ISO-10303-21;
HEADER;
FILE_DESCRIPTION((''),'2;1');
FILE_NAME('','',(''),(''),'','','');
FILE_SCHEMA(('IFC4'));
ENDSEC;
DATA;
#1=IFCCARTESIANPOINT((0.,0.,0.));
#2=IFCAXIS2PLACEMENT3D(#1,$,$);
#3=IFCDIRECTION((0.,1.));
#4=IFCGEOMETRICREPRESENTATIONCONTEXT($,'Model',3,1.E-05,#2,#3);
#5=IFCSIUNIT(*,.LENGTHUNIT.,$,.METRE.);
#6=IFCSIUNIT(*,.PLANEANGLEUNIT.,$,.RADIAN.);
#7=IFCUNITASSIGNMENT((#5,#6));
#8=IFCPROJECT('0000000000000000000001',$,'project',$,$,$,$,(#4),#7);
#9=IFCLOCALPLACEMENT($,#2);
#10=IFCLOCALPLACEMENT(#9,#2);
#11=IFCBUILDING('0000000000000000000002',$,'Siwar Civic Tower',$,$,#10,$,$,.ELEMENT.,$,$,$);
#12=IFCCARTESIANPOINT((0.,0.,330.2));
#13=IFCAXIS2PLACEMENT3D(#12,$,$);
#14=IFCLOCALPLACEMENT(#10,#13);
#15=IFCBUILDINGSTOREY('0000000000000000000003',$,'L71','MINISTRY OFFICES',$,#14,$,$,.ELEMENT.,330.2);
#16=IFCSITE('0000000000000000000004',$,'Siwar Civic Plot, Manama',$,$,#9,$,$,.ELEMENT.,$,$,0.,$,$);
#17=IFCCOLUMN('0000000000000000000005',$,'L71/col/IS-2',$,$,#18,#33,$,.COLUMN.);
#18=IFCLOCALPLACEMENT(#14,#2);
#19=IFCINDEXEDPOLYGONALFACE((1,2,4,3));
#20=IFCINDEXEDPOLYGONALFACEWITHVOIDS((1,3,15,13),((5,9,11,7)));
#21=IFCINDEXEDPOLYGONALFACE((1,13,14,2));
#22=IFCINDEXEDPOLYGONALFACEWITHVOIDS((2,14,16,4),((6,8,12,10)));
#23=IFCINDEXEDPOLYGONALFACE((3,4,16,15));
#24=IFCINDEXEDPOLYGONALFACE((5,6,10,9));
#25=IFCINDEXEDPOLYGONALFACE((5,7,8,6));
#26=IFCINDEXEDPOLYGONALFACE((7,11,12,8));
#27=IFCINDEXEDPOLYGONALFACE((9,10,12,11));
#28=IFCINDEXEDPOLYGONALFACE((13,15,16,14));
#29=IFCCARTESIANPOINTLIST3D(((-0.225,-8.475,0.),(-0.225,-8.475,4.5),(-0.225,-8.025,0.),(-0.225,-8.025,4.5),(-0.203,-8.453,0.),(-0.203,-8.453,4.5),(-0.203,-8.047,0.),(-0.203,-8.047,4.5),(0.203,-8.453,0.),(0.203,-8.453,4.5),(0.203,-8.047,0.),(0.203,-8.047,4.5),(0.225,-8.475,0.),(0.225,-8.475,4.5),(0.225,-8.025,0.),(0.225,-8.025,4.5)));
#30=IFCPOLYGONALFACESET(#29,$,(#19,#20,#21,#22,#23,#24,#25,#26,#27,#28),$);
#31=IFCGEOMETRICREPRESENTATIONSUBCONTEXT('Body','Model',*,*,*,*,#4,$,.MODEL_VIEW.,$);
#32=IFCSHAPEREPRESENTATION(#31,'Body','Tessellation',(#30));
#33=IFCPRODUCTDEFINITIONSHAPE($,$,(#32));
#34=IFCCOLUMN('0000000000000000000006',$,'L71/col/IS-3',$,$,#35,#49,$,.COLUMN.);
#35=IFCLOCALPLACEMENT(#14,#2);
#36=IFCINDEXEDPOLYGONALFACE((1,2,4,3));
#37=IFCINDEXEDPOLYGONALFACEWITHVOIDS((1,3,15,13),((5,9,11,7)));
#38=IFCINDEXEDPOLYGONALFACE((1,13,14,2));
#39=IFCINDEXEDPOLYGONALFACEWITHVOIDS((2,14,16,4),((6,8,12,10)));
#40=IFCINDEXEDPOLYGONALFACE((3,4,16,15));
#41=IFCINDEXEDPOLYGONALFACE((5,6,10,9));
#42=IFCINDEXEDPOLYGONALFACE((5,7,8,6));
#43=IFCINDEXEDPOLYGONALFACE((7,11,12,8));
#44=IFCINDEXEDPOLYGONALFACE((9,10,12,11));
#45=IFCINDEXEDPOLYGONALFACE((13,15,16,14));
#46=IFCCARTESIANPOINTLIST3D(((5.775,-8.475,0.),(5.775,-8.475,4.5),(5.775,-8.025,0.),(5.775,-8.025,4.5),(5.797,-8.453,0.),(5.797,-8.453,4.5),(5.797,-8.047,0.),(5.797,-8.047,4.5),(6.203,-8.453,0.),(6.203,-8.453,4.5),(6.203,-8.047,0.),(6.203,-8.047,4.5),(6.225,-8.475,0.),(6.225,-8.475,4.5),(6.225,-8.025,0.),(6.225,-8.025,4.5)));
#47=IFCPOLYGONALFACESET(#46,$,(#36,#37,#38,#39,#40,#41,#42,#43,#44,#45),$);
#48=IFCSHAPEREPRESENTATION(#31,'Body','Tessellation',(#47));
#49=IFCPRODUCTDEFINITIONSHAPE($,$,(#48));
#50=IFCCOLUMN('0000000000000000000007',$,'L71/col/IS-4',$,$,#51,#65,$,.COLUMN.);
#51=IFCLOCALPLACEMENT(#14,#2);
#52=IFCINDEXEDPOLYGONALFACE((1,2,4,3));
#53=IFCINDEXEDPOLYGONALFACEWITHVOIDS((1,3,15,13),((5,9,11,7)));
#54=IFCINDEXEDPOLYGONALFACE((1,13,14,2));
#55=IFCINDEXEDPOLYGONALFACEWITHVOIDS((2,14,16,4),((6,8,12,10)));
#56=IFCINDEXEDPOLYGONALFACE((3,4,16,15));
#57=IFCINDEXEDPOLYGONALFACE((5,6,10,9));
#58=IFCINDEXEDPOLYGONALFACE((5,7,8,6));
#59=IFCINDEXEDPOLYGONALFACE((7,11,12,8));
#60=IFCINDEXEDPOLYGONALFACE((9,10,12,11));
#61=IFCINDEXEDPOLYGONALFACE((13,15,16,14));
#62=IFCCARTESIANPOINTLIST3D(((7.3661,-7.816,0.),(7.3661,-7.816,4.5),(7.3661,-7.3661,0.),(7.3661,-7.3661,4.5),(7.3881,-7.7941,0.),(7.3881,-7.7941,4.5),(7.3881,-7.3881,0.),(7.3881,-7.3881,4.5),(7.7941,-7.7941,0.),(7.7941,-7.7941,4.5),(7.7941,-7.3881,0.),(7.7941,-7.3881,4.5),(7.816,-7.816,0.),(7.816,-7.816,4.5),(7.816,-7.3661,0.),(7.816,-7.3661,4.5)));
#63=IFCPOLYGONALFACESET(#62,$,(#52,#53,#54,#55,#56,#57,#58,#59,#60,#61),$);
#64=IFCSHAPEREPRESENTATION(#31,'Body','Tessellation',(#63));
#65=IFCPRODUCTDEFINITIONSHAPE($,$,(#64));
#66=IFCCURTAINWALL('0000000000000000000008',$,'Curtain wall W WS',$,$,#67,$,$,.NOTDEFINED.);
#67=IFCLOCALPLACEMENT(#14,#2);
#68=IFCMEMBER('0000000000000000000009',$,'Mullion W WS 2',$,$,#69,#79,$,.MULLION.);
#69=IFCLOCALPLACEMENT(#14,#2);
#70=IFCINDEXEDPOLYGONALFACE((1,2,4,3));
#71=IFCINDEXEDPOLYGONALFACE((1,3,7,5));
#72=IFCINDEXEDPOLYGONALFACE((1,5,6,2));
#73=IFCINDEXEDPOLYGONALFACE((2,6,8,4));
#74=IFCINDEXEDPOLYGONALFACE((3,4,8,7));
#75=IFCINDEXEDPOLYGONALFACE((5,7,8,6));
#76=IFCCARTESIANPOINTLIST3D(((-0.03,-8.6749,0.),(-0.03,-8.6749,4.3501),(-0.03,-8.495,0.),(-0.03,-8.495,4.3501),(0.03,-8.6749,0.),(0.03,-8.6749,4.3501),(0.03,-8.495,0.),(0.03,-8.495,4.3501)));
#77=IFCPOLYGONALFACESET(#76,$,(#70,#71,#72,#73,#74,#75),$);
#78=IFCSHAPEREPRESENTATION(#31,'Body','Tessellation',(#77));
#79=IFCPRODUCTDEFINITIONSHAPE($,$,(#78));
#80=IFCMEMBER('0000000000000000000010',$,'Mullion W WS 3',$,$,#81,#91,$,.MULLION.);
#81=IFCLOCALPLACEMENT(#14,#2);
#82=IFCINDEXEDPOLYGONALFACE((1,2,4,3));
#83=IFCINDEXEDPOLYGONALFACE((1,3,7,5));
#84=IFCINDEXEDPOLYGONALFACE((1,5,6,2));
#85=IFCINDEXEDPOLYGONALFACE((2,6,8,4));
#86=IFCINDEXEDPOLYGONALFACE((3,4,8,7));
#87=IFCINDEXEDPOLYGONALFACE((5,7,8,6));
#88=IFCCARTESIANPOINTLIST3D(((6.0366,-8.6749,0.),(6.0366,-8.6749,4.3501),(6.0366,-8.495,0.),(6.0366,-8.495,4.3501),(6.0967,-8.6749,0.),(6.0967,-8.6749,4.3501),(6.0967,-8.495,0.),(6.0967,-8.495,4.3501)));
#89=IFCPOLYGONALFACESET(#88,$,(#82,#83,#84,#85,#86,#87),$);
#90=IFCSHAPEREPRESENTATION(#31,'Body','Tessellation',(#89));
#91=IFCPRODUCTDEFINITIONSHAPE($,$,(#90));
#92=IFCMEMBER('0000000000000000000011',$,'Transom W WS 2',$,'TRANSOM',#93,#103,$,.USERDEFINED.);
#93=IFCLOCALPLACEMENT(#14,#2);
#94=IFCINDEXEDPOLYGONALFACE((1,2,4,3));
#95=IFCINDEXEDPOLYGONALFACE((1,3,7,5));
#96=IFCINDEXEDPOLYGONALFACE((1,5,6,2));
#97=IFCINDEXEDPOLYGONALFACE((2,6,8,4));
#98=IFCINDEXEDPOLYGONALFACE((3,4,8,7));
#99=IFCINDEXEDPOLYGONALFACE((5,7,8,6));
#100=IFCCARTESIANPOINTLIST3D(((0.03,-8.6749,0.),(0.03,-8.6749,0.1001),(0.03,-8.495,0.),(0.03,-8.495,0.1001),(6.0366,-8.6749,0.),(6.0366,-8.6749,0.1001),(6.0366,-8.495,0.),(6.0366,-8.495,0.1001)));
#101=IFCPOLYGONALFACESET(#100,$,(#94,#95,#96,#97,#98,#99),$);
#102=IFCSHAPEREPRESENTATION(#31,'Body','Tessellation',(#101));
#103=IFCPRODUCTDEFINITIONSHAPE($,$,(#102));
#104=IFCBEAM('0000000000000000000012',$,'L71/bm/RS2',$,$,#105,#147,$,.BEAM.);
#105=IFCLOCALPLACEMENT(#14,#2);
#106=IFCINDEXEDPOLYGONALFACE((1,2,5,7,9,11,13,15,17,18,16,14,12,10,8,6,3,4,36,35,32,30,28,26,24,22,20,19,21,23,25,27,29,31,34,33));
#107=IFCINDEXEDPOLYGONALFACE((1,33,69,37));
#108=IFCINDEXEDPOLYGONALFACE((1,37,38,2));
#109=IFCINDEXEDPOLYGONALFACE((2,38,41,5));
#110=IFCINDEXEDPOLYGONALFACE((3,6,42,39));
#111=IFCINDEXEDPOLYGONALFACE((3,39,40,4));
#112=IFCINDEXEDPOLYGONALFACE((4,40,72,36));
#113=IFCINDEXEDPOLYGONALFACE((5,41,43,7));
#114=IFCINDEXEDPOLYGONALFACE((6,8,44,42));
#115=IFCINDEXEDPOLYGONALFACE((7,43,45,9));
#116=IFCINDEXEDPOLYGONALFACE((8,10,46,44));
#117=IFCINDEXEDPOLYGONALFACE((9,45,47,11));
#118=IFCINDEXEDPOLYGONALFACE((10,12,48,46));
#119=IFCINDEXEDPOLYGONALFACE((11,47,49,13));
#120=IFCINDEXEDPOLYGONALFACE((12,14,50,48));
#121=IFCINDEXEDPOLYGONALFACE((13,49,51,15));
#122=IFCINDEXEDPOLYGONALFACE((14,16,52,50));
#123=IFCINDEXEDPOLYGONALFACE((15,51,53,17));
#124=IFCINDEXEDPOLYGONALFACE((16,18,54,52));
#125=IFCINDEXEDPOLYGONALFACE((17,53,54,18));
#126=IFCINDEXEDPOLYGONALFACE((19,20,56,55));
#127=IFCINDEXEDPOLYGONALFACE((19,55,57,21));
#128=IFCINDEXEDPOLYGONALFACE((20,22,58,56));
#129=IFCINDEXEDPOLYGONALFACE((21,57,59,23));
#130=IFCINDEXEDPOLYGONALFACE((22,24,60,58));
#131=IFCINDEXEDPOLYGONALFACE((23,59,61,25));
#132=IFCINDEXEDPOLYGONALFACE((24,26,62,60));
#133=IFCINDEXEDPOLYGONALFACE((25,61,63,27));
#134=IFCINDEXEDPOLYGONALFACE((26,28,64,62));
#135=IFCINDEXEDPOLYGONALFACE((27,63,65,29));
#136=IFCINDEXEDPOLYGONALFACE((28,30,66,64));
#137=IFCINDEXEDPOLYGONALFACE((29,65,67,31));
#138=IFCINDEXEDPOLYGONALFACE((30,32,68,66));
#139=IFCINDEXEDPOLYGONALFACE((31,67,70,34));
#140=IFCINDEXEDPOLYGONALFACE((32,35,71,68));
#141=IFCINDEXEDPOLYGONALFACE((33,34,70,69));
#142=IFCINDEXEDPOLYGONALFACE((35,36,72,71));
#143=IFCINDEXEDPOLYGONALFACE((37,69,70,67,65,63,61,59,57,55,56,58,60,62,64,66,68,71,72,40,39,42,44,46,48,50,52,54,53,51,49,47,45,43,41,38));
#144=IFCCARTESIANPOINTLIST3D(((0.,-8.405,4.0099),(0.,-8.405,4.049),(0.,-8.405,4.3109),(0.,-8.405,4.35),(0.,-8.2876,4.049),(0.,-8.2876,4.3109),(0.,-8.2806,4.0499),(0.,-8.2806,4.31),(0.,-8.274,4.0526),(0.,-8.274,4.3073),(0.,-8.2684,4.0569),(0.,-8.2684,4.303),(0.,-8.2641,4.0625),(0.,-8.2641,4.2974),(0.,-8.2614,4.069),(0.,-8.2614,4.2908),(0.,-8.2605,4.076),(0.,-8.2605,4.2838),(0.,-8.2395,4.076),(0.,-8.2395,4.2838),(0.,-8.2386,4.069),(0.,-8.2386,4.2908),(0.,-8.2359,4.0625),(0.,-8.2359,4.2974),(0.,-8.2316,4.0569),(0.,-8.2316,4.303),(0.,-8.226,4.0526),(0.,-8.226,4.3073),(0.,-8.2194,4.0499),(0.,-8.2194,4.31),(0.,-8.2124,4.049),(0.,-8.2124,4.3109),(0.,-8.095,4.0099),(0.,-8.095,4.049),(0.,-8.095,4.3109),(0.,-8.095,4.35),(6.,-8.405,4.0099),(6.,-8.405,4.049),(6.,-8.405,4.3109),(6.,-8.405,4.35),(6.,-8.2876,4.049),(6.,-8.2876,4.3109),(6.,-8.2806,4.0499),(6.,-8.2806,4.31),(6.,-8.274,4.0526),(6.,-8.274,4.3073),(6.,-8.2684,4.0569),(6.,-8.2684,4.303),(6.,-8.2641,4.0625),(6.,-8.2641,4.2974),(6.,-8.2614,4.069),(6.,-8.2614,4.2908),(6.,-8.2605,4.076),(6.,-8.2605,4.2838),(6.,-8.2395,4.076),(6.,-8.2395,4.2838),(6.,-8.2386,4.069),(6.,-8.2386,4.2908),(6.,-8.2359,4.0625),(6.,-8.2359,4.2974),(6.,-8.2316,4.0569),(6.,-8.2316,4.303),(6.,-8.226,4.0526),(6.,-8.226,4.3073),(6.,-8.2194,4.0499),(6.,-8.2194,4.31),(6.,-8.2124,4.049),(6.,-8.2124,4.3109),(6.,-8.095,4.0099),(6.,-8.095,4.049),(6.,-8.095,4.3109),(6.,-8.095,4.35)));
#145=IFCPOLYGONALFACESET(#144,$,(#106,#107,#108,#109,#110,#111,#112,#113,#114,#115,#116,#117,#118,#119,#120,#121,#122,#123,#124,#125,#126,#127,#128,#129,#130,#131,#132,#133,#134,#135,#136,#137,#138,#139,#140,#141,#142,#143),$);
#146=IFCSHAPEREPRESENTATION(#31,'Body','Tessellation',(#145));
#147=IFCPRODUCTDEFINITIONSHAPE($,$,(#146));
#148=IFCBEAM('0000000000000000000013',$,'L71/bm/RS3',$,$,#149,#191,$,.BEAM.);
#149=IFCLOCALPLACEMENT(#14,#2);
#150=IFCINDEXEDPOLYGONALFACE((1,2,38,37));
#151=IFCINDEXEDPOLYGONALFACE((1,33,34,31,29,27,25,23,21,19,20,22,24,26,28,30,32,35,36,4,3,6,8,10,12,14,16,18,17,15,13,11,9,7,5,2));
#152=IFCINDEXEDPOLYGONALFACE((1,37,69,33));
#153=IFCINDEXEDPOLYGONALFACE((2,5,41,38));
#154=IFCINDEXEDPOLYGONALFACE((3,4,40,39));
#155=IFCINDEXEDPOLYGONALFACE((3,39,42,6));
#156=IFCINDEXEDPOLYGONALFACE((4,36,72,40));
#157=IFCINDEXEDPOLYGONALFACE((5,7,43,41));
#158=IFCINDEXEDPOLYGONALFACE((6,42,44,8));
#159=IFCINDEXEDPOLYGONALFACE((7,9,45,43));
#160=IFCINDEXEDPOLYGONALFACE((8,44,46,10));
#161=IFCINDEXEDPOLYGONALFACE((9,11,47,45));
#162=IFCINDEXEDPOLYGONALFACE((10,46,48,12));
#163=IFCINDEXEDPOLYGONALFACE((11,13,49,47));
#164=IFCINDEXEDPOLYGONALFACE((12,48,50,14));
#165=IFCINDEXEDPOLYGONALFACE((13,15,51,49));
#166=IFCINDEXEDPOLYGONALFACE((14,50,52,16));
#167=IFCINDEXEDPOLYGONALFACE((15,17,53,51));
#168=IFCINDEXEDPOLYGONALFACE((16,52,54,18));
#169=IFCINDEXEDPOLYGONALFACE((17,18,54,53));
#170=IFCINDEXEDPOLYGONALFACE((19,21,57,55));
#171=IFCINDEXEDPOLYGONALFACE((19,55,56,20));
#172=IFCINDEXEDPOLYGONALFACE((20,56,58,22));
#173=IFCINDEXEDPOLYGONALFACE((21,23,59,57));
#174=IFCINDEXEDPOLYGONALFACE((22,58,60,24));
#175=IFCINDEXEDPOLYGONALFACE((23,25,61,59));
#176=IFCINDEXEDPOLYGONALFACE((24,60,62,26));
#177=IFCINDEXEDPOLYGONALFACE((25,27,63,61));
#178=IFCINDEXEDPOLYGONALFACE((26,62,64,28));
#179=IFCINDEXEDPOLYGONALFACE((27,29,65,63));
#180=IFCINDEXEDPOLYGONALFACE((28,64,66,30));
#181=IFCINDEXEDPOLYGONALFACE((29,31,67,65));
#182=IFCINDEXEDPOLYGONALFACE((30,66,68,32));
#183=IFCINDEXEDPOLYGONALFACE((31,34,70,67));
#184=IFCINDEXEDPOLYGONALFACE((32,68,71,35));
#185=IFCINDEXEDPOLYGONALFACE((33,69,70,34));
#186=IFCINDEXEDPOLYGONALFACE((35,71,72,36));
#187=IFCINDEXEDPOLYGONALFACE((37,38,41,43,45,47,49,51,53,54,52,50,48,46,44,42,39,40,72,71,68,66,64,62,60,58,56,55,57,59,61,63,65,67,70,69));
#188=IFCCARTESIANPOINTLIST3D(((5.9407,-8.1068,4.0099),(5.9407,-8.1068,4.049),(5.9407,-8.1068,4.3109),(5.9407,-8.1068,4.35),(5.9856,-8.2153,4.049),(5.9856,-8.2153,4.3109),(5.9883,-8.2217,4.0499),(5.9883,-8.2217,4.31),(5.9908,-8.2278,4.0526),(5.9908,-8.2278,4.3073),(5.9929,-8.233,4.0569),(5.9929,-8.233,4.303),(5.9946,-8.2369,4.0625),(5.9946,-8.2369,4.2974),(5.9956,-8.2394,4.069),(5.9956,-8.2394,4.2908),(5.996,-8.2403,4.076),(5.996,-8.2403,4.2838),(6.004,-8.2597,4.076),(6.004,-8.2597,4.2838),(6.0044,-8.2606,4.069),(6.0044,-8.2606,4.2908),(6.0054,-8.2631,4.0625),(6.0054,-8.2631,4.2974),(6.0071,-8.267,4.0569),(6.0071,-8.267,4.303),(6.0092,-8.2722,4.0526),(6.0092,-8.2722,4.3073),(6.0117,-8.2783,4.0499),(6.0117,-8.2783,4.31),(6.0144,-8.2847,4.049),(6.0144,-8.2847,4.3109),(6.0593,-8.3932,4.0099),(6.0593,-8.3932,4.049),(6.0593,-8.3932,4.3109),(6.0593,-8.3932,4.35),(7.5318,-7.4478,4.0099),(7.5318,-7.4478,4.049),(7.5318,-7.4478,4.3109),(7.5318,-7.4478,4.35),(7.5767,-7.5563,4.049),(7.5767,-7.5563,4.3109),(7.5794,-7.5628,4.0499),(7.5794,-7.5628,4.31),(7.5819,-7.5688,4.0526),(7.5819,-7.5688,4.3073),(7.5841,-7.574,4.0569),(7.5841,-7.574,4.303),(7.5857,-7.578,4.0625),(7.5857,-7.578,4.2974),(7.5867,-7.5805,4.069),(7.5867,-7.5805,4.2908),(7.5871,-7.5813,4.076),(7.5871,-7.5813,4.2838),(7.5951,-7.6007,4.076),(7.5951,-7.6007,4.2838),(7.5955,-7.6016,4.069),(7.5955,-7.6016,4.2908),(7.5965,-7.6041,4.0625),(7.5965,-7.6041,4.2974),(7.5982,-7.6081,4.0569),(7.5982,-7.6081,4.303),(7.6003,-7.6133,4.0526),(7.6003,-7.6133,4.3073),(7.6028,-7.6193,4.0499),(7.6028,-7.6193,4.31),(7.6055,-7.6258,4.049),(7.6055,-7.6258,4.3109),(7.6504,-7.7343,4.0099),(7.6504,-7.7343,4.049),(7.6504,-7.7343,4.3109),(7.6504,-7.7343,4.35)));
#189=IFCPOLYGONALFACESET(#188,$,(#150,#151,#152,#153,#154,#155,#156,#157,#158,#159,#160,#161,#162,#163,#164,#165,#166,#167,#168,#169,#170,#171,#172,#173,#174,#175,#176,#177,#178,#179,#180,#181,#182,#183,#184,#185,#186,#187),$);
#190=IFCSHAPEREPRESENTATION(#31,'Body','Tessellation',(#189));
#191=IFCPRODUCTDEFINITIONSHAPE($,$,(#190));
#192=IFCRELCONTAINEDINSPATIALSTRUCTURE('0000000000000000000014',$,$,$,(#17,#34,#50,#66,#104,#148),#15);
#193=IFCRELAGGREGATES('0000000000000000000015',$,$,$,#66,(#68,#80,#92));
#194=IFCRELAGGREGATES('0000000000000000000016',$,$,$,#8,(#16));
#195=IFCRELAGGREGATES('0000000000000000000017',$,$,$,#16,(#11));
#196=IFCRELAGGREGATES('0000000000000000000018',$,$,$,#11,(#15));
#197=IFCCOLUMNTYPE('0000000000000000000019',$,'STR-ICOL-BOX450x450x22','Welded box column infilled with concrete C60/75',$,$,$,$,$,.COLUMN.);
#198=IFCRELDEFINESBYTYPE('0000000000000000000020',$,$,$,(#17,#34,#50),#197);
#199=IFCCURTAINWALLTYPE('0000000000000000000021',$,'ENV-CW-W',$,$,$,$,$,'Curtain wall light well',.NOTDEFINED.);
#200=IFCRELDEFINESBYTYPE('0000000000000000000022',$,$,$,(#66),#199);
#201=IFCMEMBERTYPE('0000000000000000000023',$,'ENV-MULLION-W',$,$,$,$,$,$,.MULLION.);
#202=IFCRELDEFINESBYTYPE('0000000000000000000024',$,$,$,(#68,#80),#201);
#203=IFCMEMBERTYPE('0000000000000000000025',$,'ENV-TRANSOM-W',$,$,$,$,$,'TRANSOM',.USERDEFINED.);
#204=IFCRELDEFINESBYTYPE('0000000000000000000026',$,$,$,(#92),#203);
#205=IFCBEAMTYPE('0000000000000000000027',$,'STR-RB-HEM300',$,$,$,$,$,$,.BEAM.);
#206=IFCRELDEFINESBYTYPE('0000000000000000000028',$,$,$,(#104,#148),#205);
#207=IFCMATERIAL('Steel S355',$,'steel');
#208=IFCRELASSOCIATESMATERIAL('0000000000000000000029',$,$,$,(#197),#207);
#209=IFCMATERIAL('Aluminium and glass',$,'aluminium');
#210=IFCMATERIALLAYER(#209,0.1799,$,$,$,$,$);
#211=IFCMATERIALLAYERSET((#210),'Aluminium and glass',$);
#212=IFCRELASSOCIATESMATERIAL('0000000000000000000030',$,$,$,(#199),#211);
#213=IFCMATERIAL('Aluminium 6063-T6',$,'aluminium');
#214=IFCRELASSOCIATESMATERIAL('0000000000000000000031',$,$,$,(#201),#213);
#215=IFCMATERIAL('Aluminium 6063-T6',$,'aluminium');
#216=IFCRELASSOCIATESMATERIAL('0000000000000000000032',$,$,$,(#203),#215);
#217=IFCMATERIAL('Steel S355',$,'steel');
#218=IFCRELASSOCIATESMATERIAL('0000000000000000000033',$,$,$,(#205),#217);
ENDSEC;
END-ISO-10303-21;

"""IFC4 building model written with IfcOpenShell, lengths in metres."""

from ifc_helpers import new_model, si_unit, direction, frame, origin, origin_2d, place, context, subcontext, project, spatial, rectangle, hollow_rectangle, i_section, extrude, material, layer, layer_set, material_profile, profile_set, type_object, element, aggregate, save


model = new_model("IFC4")

# Units and contexts
model_context = context("Model", 3, precision=1e-05, world=origin(), true_north=direction((0.0, 1.0)))
body_context = subcontext(model_context, "Body", "Model", "MODEL_VIEW")
ifc_project = project(units=[si_unit("LENGTHUNIT", "METRE"), si_unit("PLANEANGLEUNIT", "RADIAN")], contexts=[model_context])

# Site, building, storey
site_placement = place(None, origin())
site = spatial("IfcSite", under=ifc_project, at=site_placement, Name="Siwar Civic Plot, Manama", CompositionType="ELEMENT", RefElevation=0.0)
building_placement = place(site_placement, origin())
building = spatial("IfcBuilding", under=site, at=building_placement, Name="Siwar Civic Tower", CompositionType="ELEMENT")
storey_placement = place(building_placement, frame((0.0, 0.0, 330.2)))
storey = spatial("IfcBuildingStorey", under=building, at=storey_placement, Name="L71", Description="MINISTRY OFFICES", CompositionType="ELEMENT", Elevation=330.2)

# Columns
ifc_material_1 = material(Name="Steel S355", Category="steel")
ifc_material_profile_1 = material_profile(ifc_material_1, hollow_rectangle(XDim=0.45, YDim=0.45, WallThickness=0.022, at=origin_2d()), Name="BOX450x450x22")
ifc_profile_set_1 = profile_set([ifc_material_profile_1], Name="Steel S355")
column_type = type_object("IfcColumnType", Name="STR-ICOL-BOX450x450x22", Description="Welded box column infilled with concrete C60/75", PredefinedType="COLUMN", material=ifc_profile_set_1)
for number, where, z_axis, x_axis, name in (
    (1, (0.0, -8.25, 0.0), (0.0, 0.0, 1.0), (1.0, 0.0, 0.0), "L71/col/IS-2"),
    (2, (6.0, -8.25, 0.0), (0.0, 0.0, 1.0), (1.0, 0.0, 0.0), "L71/col/IS-3"),
    (3, (7.5911, -7.5911, 0.0), (0.0, 0.0, 1.0), (1.0, 0.0, 0.0), "L71/col/IS-4"),
):
    element("IfcColumn", number, at=place(storey_placement, frame(where, z_axis=z_axis, x_axis=x_axis)), inside=storey, type_object=column_type, Name=name, PredefinedType="COLUMN", context=body_context, shape_type="SweptSolid", body=[
        extrude(hollow_rectangle(XDim=0.45, YDim=0.45, WallThickness=0.022, at=origin_2d()), origin(), (0.0, 0.0, 1.0), 4.5),
    ])

# Curtain wall, members
ifc_material_2 = material(Name="Aluminium and glass", Category="aluminium")
ifc_layer_1 = layer(ifc_material_2, 0.1799)
ifc_layer_set_1 = layer_set([ifc_layer_1], Name="Aluminium and glass")
curtain_wall_type = type_object("IfcCurtainWallType", Name="ENV-CW-W", ElementType="Curtain wall light well", PredefinedType="NOTDEFINED", material=ifc_layer_set_1)
curtain_wall_placement = place(storey_placement, origin())
curtain_wall = element("IfcCurtainWall", 4, at=curtain_wall_placement, inside=storey, type_object=curtain_wall_type, Name="Curtain wall W WS", PredefinedType="NOTDEFINED")
ifc_material_3 = material(Name="Aluminium 6063-T6", Category="aluminium")
ifc_material_profile_2 = material_profile(ifc_material_3, rectangle(XDim=0.1799, YDim=0.0601, at=origin_2d()), Name="AL 180x60")
ifc_profile_set_2 = profile_set([ifc_material_profile_2], Name="Aluminium 6063-T6")
member_type_1 = type_object("IfcMemberType", Name="ENV-MULLION-W", PredefinedType="MULLION", material=ifc_profile_set_2)
member_1_placement = place(storey_placement, frame((0.0, -8.585, 0.0), z_axis=(0.0, 0.0, 1.0), x_axis=(0.0, 1.0, 0.0)))
member_1 = element("IfcMember", 5, at=member_1_placement, type_object=member_type_1, Name="Mullion W WS 2", PredefinedType="MULLION", context=body_context, shape_type="SweptSolid", body=[
    extrude(rectangle(XDim=0.1799, YDim=0.0601, at=origin_2d()), origin(), (0.0, 0.0, 1.0), 4.3501),
])
member_2_placement = place(storey_placement, frame((6.0667, -8.585, 0.0), z_axis=(0.0, 0.0, 1.0), x_axis=(0.0, 1.0, 0.0)))
member_2 = element("IfcMember", 6, at=member_2_placement, type_object=member_type_1, Name="Mullion W WS 3", PredefinedType="MULLION", context=body_context, shape_type="SweptSolid", body=[
    extrude(rectangle(XDim=0.1799, YDim=0.0601, at=origin_2d()), origin(), (0.0, 0.0, 1.0), 4.3501),
])
ifc_material_4 = material(Name="Aluminium 6063-T6", Category="aluminium")
ifc_material_profile_3 = material_profile(ifc_material_4, rectangle(XDim=0.1799, YDim=0.1001, at=origin_2d()), Name="AL 180x100")
ifc_profile_set_3 = profile_set([ifc_material_profile_3], Name="Aluminium 6063-T6")
member_type_2 = type_object("IfcMemberType", Name="ENV-TRANSOM-W", ElementType="TRANSOM", PredefinedType="USERDEFINED", material=ifc_profile_set_3)
member_3_placement = place(storey_placement, frame((0.03, -8.585, 0.05), z_axis=(1.0, 0.0, 0.0), x_axis=(0.0, 1.0, 0.0)))
member_3 = element("IfcMember", 7, at=member_3_placement, type_object=member_type_2, Name="Transom W WS 2", ObjectType="TRANSOM", PredefinedType="USERDEFINED", context=body_context, shape_type="SweptSolid", body=[
    extrude(rectangle(XDim=0.1799, YDim=0.1001, at=origin_2d()), origin(), (0.0, 0.0, 1.0), 6.0066),
])

# Beams
ifc_material_5 = material(Name="Steel S355", Category="steel")
ifc_material_profile_4 = material_profile(ifc_material_5, i_section(OverallWidth=0.3101, OverallDepth=0.3401, WebThickness=0.021, FlangeThickness=0.0391, FilletRadius=0.0271, at=origin_2d()), Name="HEM300")
ifc_profile_set_4 = profile_set([ifc_material_profile_4], Name="Steel S355")
beam_type = type_object("IfcBeamType", Name="STR-RB-HEM300", PredefinedType="BEAM", material=ifc_profile_set_4)
beam_placement = place(storey_placement, frame((0.0, -8.25, 4.1799), z_axis=(1.0, 0.0, 0.0), x_axis=(0.0, 1.0, 0.0)))
element("IfcBeam", 8, at=beam_placement, inside=storey, type_object=beam_type, Name="L71/bm/RS2", PredefinedType="BEAM", context=body_context, shape_type="SweptSolid", body=[
    extrude(i_section(OverallWidth=0.3101, OverallDepth=0.3401, WebThickness=0.021, FlangeThickness=0.0391, FilletRadius=0.0271, at=origin_2d()), origin(), (0.0, 0.0, 1.0), 6.0),
])
for number, where, z_axis, x_axis, name in (
    (9, (6.0, -8.25, 4.1799), (0.923901, 0.382631, 0.0), (-0.382631, 0.923901, 0.0), "L71/bm/RS3"),
):
    element("IfcBeam", number, at=place(storey_placement, frame(where, z_axis=z_axis, x_axis=x_axis)), inside=storey, type_object=beam_type, Name=name, PredefinedType="BEAM", context=body_context, shape_type="SweptSolid", body=[
        extrude(i_section(OverallWidth=0.3101, OverallDepth=0.3401, WebThickness=0.021, FlangeThickness=0.0391, FilletRadius=0.0271, at=origin_2d()), origin(), (0.0, 0.0, 1.0), 1.7222),
    ])

aggregate(curtain_wall, [member_1, member_2, member_3])

save(model, "model.ifc")
